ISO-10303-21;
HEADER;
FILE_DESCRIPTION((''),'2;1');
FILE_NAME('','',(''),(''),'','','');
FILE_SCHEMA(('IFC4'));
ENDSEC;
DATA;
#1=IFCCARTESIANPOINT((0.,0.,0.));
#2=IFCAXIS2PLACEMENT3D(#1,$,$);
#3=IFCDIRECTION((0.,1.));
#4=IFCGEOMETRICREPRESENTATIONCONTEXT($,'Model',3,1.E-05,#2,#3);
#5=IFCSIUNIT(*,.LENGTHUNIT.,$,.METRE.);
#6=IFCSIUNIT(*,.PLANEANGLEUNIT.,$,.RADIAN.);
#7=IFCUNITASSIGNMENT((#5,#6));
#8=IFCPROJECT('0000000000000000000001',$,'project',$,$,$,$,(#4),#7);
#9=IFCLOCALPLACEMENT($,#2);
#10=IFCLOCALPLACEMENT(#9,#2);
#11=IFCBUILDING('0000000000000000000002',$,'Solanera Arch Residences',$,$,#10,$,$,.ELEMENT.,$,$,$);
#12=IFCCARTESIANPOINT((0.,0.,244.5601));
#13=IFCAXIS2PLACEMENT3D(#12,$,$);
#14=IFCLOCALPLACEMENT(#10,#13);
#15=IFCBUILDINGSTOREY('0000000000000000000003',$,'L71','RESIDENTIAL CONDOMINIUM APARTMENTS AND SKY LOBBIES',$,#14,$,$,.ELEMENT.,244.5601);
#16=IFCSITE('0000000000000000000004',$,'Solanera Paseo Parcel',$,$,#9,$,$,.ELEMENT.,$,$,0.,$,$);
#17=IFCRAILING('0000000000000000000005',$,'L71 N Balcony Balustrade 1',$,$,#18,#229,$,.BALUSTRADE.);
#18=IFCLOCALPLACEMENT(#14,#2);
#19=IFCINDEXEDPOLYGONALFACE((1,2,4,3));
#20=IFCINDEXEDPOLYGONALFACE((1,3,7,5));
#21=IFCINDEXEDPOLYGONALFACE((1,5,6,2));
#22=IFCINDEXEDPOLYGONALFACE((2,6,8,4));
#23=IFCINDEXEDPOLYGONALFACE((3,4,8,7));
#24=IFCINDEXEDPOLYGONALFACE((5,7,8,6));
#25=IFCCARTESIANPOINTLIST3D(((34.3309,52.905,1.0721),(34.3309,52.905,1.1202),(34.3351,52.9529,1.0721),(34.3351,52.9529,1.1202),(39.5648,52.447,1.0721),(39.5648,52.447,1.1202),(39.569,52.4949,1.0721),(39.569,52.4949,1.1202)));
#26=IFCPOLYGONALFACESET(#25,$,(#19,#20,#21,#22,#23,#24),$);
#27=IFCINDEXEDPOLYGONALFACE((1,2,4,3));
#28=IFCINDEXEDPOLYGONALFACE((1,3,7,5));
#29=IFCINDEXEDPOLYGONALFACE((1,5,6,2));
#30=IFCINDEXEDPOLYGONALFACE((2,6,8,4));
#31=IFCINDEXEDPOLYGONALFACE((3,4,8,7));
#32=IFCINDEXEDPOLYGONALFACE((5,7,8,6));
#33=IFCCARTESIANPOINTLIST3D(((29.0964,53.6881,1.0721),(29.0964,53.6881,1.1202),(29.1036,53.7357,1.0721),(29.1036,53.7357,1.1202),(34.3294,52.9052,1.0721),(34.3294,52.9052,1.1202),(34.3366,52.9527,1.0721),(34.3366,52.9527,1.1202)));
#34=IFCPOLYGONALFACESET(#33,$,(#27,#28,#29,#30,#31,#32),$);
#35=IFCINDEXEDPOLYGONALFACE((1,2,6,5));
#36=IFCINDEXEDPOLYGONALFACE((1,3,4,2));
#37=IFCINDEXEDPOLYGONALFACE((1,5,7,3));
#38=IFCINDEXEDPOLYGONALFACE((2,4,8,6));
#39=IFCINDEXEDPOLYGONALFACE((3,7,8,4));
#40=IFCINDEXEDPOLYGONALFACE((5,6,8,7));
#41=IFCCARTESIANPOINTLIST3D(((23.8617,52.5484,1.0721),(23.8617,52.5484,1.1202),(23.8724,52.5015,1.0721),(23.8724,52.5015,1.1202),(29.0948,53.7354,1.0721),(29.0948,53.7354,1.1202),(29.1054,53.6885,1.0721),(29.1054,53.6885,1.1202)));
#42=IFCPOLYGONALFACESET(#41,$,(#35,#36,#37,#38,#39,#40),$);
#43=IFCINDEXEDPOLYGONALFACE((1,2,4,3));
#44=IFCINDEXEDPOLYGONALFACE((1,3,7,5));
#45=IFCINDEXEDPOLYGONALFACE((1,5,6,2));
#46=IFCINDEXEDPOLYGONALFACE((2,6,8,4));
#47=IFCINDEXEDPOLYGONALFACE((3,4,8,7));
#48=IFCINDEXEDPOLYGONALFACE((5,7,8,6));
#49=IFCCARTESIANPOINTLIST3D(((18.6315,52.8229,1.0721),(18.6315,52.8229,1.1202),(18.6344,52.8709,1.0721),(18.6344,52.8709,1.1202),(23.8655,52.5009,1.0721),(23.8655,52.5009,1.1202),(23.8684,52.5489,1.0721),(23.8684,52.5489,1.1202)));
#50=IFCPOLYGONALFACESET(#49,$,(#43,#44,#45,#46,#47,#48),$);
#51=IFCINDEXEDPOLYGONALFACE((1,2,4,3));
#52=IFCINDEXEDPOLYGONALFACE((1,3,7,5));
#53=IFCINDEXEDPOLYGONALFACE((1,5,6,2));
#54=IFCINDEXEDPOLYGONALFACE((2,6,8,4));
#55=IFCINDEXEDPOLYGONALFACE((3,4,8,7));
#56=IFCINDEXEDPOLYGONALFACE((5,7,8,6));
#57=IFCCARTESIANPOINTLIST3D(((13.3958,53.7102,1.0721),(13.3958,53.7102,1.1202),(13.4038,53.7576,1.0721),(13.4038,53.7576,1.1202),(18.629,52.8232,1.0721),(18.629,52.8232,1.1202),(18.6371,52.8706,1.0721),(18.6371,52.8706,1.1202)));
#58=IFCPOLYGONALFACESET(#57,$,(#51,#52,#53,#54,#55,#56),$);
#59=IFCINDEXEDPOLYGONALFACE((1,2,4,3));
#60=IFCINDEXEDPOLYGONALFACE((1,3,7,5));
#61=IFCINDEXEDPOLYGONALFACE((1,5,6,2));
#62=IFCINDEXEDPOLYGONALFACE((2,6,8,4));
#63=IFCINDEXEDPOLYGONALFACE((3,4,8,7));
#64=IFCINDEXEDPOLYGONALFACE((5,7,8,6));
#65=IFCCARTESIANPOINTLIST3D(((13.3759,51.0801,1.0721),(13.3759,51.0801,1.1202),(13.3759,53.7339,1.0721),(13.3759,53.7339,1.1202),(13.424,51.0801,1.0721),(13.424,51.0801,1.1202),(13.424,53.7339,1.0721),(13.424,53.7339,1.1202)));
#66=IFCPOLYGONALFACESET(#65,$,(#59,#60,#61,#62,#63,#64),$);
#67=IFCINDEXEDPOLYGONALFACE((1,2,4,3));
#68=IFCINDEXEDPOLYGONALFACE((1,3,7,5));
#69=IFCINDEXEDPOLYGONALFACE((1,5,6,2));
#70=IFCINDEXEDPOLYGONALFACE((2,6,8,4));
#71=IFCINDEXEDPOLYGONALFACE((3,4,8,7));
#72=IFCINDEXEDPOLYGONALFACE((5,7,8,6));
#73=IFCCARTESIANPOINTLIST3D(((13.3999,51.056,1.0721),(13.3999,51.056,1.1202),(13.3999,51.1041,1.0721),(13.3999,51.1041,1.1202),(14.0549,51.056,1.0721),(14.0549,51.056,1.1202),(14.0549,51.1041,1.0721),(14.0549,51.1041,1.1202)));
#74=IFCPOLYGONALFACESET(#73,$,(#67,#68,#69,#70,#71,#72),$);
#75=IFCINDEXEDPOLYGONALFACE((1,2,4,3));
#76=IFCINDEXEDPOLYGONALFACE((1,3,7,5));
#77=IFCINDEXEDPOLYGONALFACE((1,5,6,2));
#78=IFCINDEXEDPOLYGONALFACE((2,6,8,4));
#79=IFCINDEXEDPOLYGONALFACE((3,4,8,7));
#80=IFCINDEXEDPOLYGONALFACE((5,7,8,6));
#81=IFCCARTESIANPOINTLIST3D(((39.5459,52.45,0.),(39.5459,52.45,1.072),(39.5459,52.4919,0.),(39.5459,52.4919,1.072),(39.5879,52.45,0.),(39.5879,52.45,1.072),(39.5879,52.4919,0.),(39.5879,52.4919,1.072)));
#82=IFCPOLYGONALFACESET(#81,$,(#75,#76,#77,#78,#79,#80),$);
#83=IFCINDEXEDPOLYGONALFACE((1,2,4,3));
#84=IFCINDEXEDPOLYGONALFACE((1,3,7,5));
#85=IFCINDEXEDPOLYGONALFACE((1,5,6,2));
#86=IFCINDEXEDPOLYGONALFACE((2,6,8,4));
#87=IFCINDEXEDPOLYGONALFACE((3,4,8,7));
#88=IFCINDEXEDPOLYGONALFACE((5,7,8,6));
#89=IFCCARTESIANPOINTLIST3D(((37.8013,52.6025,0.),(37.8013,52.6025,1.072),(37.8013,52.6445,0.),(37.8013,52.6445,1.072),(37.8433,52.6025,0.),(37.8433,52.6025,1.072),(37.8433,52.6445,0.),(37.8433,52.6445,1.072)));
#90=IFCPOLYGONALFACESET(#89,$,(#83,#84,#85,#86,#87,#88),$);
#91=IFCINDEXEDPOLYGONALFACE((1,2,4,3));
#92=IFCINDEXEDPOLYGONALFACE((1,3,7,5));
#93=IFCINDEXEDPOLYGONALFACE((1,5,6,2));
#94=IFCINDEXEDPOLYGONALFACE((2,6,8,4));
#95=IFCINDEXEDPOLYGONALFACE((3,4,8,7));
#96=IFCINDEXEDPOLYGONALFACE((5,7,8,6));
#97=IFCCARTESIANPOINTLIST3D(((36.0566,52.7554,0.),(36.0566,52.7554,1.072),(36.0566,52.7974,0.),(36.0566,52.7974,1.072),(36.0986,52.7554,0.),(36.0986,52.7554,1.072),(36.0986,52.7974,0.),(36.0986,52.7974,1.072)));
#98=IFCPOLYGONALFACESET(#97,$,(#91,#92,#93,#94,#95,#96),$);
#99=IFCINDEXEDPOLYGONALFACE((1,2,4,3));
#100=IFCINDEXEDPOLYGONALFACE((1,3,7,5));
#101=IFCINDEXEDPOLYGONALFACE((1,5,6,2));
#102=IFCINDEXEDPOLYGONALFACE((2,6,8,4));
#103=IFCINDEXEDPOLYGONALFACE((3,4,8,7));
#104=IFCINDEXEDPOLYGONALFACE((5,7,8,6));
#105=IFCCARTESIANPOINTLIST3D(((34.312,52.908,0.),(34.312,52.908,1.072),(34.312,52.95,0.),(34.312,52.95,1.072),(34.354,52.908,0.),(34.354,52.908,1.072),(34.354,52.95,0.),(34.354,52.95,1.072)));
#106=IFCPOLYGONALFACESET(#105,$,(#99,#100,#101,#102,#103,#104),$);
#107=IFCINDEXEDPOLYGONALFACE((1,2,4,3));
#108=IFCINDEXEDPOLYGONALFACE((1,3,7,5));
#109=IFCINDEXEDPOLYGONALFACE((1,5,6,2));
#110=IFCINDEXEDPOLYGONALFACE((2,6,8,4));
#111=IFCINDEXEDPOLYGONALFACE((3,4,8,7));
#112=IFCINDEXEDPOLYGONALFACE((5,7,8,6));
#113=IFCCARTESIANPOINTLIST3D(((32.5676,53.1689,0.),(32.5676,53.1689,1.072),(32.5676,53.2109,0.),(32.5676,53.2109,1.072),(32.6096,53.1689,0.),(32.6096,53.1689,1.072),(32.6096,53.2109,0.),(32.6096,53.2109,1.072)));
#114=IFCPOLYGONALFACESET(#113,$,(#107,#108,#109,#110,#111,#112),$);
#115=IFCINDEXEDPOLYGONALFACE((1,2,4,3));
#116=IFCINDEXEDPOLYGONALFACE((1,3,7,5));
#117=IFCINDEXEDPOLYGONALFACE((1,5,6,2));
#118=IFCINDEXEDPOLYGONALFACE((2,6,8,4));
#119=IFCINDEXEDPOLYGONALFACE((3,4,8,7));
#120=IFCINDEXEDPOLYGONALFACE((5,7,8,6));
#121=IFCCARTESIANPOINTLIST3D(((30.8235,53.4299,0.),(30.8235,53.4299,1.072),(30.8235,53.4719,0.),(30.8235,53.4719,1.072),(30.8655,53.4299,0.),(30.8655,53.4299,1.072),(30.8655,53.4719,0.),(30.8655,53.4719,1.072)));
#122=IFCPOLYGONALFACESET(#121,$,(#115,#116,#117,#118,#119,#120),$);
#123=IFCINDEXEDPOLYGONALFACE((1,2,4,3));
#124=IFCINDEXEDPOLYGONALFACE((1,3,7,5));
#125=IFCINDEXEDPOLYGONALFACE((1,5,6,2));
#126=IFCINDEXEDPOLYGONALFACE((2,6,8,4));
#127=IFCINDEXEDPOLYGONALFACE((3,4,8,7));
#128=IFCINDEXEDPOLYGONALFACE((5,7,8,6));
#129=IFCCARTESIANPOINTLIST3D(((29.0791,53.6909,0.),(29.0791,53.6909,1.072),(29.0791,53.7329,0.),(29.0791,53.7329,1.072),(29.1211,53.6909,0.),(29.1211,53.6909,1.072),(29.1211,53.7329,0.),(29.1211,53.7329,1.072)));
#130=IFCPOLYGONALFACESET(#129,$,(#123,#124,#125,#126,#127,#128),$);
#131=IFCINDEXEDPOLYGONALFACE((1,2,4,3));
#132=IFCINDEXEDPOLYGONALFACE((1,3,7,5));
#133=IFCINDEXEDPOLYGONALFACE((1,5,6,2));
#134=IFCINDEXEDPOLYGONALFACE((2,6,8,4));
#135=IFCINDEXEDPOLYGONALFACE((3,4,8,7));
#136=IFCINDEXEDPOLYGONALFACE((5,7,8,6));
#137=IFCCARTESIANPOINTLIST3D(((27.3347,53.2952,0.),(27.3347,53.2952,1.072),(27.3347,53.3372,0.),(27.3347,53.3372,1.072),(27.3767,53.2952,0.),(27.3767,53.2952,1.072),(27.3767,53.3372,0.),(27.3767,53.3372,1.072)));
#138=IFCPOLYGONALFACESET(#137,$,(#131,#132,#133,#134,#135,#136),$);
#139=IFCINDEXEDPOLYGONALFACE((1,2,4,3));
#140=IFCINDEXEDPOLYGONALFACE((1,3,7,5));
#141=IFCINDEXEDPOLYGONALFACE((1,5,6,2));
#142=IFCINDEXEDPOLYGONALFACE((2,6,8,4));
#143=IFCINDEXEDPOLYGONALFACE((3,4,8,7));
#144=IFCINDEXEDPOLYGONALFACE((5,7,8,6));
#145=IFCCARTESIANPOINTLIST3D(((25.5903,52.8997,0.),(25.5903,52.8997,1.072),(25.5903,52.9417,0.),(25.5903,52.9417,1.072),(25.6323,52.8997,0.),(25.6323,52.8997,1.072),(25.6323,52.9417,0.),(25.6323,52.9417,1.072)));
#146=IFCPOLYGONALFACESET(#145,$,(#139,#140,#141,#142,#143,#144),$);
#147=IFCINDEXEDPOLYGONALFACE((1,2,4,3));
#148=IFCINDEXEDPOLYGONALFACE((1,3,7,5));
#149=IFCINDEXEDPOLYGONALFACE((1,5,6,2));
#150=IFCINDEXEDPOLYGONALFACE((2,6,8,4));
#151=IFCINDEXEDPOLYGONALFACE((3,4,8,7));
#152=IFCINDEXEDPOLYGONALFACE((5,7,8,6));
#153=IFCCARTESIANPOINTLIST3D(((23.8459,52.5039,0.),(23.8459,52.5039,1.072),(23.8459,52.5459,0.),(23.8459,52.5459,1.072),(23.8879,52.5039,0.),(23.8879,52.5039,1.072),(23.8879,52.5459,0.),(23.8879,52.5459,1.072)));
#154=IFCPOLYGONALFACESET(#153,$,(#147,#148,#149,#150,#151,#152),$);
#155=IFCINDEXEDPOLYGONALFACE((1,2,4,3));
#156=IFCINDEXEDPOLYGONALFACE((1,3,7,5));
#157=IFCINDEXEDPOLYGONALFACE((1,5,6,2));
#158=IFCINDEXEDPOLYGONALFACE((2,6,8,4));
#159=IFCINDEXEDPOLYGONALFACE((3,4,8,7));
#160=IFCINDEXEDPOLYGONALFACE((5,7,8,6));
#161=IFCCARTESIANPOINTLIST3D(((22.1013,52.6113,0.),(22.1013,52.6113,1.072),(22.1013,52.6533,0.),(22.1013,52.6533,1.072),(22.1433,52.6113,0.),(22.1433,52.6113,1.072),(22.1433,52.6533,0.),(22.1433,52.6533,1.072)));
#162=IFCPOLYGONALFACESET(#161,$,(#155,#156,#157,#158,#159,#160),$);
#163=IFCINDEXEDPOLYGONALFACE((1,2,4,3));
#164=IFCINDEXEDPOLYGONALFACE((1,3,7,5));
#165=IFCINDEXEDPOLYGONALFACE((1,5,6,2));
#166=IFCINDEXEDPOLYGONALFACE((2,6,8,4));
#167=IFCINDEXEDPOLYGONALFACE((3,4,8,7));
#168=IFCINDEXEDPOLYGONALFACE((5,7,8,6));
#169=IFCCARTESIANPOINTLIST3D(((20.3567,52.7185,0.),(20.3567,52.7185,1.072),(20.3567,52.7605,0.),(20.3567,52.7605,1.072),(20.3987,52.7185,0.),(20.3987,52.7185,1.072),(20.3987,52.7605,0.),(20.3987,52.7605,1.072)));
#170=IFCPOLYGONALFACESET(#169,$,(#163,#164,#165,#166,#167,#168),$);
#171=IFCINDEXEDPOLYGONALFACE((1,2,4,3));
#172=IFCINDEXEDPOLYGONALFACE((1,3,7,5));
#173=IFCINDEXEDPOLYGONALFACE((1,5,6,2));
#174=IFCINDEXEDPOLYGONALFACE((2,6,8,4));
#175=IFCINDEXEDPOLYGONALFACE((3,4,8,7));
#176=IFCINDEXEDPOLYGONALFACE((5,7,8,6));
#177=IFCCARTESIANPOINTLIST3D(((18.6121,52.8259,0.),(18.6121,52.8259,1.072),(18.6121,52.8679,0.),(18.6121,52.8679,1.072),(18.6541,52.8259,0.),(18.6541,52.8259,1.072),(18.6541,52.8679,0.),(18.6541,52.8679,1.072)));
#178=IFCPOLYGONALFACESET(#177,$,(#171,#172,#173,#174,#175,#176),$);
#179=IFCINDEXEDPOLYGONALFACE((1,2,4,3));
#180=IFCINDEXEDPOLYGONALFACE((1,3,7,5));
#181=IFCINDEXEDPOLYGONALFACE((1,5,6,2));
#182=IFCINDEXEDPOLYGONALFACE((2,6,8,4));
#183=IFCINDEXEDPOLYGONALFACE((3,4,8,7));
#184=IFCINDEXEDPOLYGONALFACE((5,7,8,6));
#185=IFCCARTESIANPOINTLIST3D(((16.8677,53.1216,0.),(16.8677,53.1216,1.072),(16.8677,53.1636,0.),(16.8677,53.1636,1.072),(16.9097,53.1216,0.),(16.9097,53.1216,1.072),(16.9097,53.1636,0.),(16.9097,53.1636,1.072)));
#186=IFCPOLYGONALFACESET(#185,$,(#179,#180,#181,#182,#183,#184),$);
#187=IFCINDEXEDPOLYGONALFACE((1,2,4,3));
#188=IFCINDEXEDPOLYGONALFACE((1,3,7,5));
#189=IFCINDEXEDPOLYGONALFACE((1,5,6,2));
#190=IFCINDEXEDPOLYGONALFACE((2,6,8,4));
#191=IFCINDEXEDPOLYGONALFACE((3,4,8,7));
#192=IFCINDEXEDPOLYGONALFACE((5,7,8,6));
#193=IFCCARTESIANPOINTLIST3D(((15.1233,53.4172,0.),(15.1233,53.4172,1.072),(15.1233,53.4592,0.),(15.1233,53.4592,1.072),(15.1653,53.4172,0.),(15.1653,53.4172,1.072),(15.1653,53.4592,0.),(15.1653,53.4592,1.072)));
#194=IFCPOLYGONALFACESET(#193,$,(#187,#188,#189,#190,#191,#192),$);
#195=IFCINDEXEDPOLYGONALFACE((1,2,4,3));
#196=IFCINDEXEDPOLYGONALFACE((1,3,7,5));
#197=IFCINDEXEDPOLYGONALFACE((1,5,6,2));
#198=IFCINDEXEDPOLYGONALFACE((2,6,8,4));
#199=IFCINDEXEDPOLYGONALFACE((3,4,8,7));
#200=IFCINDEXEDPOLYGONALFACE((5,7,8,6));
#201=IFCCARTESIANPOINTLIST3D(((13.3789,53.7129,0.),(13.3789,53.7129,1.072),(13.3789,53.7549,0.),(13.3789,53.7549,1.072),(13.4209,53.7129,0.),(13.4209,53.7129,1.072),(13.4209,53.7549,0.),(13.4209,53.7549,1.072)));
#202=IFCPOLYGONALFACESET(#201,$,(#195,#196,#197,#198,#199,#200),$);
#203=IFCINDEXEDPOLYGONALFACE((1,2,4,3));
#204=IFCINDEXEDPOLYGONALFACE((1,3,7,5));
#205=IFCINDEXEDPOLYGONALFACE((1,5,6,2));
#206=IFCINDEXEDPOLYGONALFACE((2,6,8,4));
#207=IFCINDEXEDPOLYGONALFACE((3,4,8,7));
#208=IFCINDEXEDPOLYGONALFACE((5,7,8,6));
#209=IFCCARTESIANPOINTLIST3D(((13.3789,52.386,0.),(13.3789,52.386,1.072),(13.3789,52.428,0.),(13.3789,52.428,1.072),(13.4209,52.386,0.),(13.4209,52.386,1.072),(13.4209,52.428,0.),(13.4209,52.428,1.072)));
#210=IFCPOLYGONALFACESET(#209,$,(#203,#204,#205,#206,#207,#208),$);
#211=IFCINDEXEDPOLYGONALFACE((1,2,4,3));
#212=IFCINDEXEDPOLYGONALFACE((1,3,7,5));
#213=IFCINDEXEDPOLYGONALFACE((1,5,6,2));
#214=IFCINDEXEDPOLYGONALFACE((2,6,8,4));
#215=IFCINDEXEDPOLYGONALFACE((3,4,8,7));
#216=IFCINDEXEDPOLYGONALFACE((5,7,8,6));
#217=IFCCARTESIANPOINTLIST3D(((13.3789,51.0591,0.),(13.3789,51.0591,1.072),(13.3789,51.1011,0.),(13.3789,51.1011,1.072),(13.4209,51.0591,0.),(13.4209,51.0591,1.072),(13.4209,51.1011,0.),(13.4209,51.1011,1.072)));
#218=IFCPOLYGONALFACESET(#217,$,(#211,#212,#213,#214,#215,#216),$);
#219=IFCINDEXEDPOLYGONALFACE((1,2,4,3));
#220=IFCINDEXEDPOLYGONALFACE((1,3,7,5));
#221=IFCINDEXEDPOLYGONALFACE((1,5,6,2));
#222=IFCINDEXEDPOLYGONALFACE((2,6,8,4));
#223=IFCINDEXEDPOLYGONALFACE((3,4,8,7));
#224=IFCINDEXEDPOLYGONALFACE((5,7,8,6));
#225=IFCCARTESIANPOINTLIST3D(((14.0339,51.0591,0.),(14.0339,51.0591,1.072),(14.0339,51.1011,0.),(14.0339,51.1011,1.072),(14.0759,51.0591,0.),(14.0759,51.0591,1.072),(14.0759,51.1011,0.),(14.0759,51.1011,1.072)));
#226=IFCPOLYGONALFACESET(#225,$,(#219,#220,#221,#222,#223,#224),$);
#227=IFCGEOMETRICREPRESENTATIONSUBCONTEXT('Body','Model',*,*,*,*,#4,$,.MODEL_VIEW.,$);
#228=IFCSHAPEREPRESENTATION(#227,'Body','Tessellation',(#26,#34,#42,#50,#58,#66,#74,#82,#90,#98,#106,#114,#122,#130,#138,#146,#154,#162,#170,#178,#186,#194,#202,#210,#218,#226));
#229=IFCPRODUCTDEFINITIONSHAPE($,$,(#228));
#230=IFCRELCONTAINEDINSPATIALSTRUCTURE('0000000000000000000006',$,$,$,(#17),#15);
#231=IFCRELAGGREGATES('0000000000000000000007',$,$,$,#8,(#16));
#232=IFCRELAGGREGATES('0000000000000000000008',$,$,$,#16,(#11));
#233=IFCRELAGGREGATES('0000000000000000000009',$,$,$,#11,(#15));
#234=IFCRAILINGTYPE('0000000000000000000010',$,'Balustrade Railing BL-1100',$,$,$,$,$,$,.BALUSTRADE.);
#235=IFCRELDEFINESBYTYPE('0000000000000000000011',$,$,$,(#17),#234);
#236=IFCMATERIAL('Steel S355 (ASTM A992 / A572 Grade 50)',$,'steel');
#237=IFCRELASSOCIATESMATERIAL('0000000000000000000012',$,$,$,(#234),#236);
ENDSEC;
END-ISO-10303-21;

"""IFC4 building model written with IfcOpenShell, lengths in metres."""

from ifc_helpers import new_model, si_unit, direction, frame, origin, origin_2d, place, context, subcontext, project, spatial, rectangle, extrude, material, type_object, element, save


model = new_model("IFC4")

# Units and contexts
model_context = context("Model", 3, precision=1e-05, world=origin(), true_north=direction((0.0, 1.0)))
body_context = subcontext(model_context, "Body", "Model", "MODEL_VIEW")
ifc_project = project(units=[si_unit("LENGTHUNIT", "METRE"), si_unit("PLANEANGLEUNIT", "RADIAN")], contexts=[model_context])

# Site, building, storey
site_placement = place(None, origin())
site = spatial("IfcSite", under=ifc_project, at=site_placement, Name="Solanera Paseo Parcel", CompositionType="ELEMENT", RefElevation=0.0)
building_placement = place(site_placement, origin())
building = spatial("IfcBuilding", under=site, at=building_placement, Name="Solanera Arch Residences", CompositionType="ELEMENT")
storey_placement = place(building_placement, frame((0.0, 0.0, 244.5601)))
storey = spatial("IfcBuildingStorey", under=building, at=storey_placement, Name="L71", Description="RESIDENTIAL CONDOMINIUM APARTMENTS AND SKY LOBBIES", CompositionType="ELEMENT", Elevation=244.5601)

# Railing
ifc_material_1 = material(Name="Steel S355 (ASTM A992 / A572 Grade 50)", Category="steel")
railing_type = type_object("IfcRailingType", Name="Balustrade Railing BL-1100", PredefinedType="BALUSTRADE", material=ifc_material_1)
railing_1_placement = place(storey_placement, frame((39.5669, 52.4709, 0.0)))
element("IfcRailing", 1, at=railing_1_placement, inside=storey, type_object=railing_type, Name="L71 N Balcony Balustrade 1", PredefinedType="BALUSTRADE", context=body_context, shape_type="SweptSolid", body=[
    extrude(rectangle(XDim=0.0481, YDim=0.0481, at=origin_2d()), frame((0.0, 0.0, 1.0962), z_axis=(-0.996193, 0.087175, 0.0), x_axis=(-0.087175, -0.996193, 0.0)), (0.0, 0.0, 1.0), 5.2539),
    extrude(rectangle(XDim=0.0481, YDim=0.0481, at=origin_2d()), frame((-5.2339, 0.458, 1.0962), z_axis=(-0.988991, 0.147975, 0.0), x_axis=(-0.147975, -0.988991, 0.0)), (0.0, 0.0, 1.0), 5.2913),
    extrude(rectangle(XDim=0.0481, YDim=0.0481, at=origin_2d()), frame((-10.4668, 1.241, 1.0962), z_axis=(-0.975227, -0.221206, 0.0), x_axis=(0.221206, -0.975227, 0.0)), (0.0, 0.0, 1.0), 5.366),
    extrude(rectangle(XDim=0.0481, YDim=0.0481, at=origin_2d()), frame((-15.7, 0.054, 1.0962), z_axis=(-0.998113, 0.06141, 0.0), x_axis=(-0.06141, -0.998113, 0.0)), (0.0, 0.0, 1.0), 5.2439),
    extrude(rectangle(XDim=0.0481, YDim=0.0481, at=origin_2d()), frame((-20.9338, 0.376, 1.0962), z_axis=(-0.985939, 0.167106, 0.0), x_axis=(-0.167106, -0.985939, 0.0)), (0.0, 0.0, 1.0), 5.3079),
    extrude(rectangle(XDim=0.0481, YDim=0.0481, at=origin_2d()), frame((-26.167, 1.2629, 1.0962), z_axis=(0.0, -1.0, 0.0), x_axis=(1.0, 0.0, 0.0)), (0.0, 0.0, 1.0), 2.6538),
    extrude(rectangle(XDim=0.0481, YDim=0.0481, at=origin_2d()), frame((-26.167, -1.3909, 1.0962), z_axis=(1.0, 0.0, 0.0), x_axis=(0.0, 1.0, 0.0)), (0.0, 0.0, 1.0), 0.655),
    extrude(rectangle(XDim=0.042, YDim=0.042, at=origin_2d()), origin(), (0.0, 0.0, 1.0), 1.072),
    extrude(rectangle(XDim=0.042, YDim=0.042, at=origin_2d()), frame((-1.7446, 0.1526, 0.0)), (0.0, 0.0, 1.0), 1.072),
    extrude(rectangle(XDim=0.042, YDim=0.042, at=origin_2d()), frame((-3.4893, 0.3054, 0.0)), (0.0, 0.0, 1.0), 1.072),
    extrude(rectangle(XDim=0.042, YDim=0.042, at=origin_2d()), frame((-5.2339, 0.458, 0.0)), (0.0, 0.0, 1.0), 1.072),
    extrude(rectangle(XDim=0.042, YDim=0.042, at=origin_2d()), frame((-6.9783, 0.719, 0.0)), (0.0, 0.0, 1.0), 1.072),
    extrude(rectangle(XDim=0.042, YDim=0.042, at=origin_2d()), frame((-8.7224, 0.98, 0.0)), (0.0, 0.0, 1.0), 1.072),
    extrude(rectangle(XDim=0.042, YDim=0.042, at=origin_2d()), frame((-10.4668, 1.241, 0.0)), (0.0, 0.0, 1.0), 1.072),
    extrude(rectangle(XDim=0.042, YDim=0.042, at=origin_2d()), frame((-12.2112, 0.8452, 0.0)), (0.0, 0.0, 1.0), 1.072),
    extrude(rectangle(XDim=0.042, YDim=0.042, at=origin_2d()), frame((-13.9556, 0.4497, 0.0)), (0.0, 0.0, 1.0), 1.072),
    extrude(rectangle(XDim=0.042, YDim=0.042, at=origin_2d()), frame((-15.7, 0.054, 0.0)), (0.0, 0.0, 1.0), 1.072),
    extrude(rectangle(XDim=0.042, YDim=0.042, at=origin_2d()), frame((-17.4446, 0.1614, 0.0)), (0.0, 0.0, 1.0), 1.072),
    extrude(rectangle(XDim=0.042, YDim=0.042, at=origin_2d()), frame((-19.1892, 0.2686, 0.0)), (0.0, 0.0, 1.0), 1.072),
    extrude(rectangle(XDim=0.042, YDim=0.042, at=origin_2d()), frame((-20.9338, 0.376, 0.0)), (0.0, 0.0, 1.0), 1.072),
    extrude(rectangle(XDim=0.042, YDim=0.042, at=origin_2d()), frame((-22.6782, 0.6716, 0.0)), (0.0, 0.0, 1.0), 1.072),
    extrude(rectangle(XDim=0.042, YDim=0.042, at=origin_2d()), frame((-24.4226, 0.9673, 0.0)), (0.0, 0.0, 1.0), 1.072),
    extrude(rectangle(XDim=0.042, YDim=0.042, at=origin_2d()), frame((-26.167, 1.2629, 0.0)), (0.0, 0.0, 1.0), 1.072),
    extrude(rectangle(XDim=0.042, YDim=0.042, at=origin_2d()), frame((-26.167, -0.064, 0.0)), (0.0, 0.0, 1.0), 1.072),
    extrude(rectangle(XDim=0.042, YDim=0.042, at=origin_2d()), frame((-26.167, -1.3909, 0.0)), (0.0, 0.0, 1.0), 1.072),
    extrude(rectangle(XDim=0.042, YDim=0.042, at=origin_2d()), frame((-25.512, -1.3909, 0.0)), (0.0, 0.0, 1.0), 1.072),
])

save(model, "model.ifc")
